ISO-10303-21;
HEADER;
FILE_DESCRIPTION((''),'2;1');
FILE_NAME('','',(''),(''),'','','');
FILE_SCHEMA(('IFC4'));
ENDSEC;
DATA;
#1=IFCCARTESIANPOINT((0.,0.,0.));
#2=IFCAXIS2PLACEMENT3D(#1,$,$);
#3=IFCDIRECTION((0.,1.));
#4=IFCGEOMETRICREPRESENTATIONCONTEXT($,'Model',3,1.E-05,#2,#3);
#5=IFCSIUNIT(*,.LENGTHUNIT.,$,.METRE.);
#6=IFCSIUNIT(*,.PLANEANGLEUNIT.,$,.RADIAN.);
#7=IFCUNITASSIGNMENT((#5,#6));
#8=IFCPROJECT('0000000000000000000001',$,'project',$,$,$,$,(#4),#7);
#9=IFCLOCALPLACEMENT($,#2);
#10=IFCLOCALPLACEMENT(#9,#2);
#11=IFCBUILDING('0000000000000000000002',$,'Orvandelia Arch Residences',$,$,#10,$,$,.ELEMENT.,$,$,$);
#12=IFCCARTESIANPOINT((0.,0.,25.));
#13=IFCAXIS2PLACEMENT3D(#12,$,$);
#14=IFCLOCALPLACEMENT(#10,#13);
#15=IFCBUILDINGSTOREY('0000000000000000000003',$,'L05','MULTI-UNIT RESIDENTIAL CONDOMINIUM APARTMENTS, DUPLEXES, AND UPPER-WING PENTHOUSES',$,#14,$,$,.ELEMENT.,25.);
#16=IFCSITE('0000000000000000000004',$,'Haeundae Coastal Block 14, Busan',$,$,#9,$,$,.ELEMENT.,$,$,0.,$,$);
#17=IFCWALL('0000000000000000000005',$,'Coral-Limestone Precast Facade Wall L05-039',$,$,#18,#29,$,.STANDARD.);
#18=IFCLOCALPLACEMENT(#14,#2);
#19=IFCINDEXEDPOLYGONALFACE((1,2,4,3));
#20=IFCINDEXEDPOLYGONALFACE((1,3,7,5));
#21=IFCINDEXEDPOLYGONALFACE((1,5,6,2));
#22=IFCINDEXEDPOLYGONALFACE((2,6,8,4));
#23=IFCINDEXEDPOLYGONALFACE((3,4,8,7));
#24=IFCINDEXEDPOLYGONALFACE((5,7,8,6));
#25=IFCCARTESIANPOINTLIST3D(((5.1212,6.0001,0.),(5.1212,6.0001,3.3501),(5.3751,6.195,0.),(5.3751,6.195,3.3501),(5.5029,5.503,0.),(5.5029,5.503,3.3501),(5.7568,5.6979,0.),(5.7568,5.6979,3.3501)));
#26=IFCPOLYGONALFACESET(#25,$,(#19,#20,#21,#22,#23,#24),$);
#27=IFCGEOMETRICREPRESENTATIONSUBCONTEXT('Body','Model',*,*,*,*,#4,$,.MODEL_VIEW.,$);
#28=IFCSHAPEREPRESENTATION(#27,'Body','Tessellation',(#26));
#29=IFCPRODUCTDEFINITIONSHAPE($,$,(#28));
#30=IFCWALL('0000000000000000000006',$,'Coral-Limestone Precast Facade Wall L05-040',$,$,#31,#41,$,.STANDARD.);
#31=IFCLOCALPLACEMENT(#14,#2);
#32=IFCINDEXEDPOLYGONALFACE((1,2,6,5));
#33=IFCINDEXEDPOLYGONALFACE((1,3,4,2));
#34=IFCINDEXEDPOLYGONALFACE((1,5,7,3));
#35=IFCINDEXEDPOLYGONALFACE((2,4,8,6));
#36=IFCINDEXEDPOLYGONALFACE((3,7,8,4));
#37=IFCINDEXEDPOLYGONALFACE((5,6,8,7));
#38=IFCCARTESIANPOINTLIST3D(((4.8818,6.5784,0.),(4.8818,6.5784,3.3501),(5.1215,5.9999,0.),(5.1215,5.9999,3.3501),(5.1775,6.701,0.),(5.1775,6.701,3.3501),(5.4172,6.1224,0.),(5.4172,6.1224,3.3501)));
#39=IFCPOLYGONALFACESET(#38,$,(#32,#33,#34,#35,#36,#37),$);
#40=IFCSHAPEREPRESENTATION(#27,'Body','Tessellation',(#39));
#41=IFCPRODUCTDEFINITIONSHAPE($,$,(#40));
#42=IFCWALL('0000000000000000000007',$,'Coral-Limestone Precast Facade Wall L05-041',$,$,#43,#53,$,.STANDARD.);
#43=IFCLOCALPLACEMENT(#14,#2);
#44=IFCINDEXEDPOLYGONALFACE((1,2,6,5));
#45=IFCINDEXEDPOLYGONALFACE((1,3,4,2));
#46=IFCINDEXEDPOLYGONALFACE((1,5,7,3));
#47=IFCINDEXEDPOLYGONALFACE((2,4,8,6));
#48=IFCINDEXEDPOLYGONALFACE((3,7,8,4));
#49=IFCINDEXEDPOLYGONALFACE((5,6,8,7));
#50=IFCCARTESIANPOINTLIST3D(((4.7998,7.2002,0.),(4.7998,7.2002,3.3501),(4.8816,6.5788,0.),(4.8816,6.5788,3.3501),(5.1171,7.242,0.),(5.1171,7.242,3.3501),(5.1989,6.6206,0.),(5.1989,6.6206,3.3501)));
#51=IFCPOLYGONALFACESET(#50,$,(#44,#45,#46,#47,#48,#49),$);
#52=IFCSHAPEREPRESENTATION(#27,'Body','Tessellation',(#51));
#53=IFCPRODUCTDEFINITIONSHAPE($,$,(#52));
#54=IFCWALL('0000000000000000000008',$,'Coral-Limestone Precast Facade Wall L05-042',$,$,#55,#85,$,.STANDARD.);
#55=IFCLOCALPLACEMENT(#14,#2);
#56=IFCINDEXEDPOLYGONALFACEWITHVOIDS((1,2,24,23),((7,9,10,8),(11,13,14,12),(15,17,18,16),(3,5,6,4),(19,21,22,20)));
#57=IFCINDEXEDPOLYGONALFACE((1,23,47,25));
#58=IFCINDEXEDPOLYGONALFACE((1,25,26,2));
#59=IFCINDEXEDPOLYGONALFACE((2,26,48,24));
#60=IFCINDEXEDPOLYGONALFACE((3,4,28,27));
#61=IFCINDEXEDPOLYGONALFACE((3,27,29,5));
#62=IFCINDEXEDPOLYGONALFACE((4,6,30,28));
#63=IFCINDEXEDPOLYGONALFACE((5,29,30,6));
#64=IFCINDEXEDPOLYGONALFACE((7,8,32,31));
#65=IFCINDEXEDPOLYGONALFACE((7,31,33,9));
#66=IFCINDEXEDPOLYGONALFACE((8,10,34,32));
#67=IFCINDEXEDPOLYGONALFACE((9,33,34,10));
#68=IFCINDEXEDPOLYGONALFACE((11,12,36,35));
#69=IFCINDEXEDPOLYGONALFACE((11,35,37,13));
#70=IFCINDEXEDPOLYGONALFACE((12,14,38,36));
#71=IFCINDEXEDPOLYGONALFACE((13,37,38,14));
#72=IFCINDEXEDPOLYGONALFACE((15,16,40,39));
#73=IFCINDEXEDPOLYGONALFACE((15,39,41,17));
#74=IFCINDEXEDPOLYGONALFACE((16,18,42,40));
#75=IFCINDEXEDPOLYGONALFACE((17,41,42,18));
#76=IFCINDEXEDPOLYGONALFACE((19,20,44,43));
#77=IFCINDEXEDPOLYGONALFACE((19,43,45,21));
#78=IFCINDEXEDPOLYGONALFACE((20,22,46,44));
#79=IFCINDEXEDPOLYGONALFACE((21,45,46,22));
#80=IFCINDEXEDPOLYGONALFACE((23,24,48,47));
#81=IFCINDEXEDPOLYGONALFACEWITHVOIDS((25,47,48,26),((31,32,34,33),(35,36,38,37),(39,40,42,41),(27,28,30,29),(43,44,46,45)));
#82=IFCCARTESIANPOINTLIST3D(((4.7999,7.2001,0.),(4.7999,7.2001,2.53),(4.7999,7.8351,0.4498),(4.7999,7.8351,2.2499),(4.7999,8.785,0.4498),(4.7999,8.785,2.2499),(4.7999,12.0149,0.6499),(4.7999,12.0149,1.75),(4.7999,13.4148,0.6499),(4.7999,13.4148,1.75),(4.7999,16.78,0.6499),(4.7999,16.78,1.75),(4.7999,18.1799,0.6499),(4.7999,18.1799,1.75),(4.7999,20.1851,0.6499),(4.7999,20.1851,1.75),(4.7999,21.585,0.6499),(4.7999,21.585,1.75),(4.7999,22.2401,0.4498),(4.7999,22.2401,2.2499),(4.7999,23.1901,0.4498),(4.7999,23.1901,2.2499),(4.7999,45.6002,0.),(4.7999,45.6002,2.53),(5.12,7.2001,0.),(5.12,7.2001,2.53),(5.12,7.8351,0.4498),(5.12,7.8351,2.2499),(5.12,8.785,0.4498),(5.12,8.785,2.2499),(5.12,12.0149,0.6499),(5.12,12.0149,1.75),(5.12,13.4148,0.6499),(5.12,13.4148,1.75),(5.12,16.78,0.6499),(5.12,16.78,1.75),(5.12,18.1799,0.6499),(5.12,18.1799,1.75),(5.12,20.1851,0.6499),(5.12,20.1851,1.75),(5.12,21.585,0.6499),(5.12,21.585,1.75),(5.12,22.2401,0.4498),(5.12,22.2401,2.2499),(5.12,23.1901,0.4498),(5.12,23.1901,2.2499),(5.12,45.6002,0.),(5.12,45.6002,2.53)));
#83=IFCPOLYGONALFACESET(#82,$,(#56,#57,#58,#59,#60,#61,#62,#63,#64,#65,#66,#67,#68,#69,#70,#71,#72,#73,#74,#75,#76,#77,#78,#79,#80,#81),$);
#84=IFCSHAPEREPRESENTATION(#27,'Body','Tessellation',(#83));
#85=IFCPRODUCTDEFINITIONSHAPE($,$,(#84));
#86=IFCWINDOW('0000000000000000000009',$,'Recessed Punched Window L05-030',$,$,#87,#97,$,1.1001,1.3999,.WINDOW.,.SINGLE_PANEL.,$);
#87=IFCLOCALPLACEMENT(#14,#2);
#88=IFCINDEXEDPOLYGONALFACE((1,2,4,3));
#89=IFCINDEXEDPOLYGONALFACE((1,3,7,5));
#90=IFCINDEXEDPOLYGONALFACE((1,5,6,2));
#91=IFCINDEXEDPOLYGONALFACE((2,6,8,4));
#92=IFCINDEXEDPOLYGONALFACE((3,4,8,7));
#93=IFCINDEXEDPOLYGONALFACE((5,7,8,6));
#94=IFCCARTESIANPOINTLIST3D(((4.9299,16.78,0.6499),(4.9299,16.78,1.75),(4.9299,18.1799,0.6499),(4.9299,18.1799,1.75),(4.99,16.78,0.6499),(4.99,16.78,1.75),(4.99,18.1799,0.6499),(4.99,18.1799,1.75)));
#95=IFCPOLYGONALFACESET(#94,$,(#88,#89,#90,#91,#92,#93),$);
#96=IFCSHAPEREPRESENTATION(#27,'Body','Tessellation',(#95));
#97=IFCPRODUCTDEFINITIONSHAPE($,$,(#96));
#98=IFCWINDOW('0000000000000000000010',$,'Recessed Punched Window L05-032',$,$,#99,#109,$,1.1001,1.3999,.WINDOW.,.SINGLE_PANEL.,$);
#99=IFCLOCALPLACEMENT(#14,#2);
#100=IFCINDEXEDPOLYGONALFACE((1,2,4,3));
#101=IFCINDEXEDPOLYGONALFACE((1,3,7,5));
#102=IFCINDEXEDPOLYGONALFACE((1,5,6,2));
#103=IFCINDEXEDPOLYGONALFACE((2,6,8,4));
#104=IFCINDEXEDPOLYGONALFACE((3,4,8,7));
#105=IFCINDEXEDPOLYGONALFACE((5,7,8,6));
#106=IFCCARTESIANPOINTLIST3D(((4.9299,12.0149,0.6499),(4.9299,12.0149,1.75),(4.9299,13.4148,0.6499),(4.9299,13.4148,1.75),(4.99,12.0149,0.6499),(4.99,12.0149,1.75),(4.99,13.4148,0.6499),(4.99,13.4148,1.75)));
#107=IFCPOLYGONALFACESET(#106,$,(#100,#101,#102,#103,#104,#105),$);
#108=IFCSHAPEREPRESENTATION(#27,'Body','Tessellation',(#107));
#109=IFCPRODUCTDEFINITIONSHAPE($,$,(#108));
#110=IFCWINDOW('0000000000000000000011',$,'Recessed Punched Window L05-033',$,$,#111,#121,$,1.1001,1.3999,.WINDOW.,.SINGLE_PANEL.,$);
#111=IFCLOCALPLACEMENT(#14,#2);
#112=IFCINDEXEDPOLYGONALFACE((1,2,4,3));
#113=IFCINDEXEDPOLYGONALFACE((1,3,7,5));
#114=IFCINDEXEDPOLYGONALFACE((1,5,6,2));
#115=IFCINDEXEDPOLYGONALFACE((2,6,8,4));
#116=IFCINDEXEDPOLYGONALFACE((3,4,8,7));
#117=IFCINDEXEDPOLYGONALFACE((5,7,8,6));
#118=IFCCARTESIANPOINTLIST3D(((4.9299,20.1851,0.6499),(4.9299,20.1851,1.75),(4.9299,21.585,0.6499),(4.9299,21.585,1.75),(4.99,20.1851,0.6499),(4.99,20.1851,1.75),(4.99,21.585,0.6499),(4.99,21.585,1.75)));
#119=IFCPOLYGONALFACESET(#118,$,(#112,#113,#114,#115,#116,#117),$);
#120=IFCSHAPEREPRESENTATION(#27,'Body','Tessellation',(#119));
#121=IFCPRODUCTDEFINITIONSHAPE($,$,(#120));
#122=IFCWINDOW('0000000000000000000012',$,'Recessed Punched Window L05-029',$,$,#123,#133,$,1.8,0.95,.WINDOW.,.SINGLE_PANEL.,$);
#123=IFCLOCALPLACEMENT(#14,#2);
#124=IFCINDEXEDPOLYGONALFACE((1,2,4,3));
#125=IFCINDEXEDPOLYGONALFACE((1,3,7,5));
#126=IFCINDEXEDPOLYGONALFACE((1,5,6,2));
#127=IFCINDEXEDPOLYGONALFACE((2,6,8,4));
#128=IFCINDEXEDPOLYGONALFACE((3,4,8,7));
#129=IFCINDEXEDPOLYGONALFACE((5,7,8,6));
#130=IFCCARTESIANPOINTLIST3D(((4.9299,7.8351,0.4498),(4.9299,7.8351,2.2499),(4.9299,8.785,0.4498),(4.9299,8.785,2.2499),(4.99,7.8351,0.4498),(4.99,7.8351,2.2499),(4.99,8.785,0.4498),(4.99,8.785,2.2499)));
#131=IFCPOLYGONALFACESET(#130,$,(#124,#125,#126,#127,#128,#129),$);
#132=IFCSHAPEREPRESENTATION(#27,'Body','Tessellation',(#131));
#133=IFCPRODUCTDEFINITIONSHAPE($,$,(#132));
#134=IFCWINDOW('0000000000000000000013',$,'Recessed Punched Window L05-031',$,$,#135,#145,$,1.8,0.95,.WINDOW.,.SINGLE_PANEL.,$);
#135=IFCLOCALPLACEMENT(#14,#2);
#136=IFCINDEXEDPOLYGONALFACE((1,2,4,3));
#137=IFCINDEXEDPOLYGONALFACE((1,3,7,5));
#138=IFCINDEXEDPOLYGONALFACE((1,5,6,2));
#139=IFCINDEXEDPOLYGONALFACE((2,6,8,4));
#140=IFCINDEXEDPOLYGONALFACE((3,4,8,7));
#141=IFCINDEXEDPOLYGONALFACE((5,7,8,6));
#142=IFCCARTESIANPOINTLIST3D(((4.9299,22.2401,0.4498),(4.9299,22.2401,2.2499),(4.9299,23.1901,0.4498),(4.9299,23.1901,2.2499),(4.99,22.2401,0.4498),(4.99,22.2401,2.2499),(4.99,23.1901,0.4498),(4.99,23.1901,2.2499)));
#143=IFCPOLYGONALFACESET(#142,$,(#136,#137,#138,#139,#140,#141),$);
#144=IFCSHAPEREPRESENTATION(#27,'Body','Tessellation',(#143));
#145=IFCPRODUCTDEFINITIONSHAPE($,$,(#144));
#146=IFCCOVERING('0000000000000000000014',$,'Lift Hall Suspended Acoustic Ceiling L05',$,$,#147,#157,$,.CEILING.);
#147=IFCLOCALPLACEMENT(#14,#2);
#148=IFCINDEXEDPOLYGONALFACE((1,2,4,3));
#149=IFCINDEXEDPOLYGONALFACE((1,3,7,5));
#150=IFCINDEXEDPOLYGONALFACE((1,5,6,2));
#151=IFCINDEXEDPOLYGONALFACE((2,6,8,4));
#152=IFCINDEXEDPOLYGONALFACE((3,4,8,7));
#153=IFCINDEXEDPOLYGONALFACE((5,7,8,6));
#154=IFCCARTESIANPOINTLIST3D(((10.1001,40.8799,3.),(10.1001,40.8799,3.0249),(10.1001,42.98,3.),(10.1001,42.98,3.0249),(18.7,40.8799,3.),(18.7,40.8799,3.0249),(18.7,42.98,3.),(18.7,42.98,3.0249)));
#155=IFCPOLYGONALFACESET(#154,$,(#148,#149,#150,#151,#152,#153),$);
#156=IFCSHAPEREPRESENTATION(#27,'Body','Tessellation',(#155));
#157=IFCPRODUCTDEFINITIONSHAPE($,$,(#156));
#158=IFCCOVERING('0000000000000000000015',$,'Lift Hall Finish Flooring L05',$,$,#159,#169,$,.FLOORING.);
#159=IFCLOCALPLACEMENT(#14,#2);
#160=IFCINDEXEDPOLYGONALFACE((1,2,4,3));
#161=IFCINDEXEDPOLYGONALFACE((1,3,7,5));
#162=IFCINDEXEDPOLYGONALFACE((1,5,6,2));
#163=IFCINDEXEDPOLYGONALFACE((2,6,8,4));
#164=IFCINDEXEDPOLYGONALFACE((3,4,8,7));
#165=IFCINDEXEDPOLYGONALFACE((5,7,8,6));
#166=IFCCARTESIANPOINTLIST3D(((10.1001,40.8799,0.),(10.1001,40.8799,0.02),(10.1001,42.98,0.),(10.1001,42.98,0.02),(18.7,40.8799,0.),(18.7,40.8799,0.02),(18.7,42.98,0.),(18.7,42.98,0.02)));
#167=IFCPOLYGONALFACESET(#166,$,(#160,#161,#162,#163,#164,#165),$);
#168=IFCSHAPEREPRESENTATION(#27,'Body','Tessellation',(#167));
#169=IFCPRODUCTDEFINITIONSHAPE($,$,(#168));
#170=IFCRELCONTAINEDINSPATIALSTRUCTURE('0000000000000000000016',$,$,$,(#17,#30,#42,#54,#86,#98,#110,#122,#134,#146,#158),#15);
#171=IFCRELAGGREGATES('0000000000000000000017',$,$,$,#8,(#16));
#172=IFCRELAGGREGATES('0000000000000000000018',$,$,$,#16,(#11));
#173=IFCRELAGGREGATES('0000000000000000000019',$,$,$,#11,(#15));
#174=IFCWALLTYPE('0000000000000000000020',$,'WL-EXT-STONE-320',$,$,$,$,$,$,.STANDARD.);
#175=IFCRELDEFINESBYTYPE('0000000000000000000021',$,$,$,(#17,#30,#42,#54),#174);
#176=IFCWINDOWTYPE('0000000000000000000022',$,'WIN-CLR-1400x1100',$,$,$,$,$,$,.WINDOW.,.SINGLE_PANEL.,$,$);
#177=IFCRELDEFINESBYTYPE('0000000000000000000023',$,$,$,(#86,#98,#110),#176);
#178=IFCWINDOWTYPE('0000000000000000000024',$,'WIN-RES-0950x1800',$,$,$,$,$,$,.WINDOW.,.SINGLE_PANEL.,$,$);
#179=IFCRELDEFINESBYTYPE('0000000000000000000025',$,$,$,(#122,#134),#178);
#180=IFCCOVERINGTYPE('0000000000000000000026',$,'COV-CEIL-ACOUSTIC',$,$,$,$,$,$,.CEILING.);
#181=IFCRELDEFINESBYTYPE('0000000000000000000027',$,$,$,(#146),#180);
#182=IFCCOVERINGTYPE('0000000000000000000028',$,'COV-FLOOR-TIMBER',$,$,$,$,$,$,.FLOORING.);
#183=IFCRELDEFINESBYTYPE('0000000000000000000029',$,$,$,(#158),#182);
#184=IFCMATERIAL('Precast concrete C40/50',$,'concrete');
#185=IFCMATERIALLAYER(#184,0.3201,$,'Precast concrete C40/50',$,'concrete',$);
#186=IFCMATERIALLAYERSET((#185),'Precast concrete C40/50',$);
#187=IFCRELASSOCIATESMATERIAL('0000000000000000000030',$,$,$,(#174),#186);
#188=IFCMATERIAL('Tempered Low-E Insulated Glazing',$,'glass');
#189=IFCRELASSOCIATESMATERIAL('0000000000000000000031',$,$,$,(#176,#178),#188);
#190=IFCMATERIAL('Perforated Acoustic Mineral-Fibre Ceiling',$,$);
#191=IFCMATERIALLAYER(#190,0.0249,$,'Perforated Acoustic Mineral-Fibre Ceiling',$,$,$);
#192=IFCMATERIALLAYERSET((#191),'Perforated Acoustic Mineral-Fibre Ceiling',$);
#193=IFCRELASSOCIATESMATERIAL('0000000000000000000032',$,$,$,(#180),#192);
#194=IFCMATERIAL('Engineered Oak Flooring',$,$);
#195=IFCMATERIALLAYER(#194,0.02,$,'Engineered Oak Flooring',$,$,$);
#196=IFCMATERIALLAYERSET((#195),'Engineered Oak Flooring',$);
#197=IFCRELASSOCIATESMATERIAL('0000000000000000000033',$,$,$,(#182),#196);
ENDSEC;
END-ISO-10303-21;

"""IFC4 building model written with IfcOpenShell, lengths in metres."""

from ifc_helpers import new_model, si_unit, direction, frame, frame_2d, origin, place, context, subcontext, project, spatial, polyline, rectangle, outline, extrude, material, layer, layer_set, type_object, element, fill, save


model = new_model("IFC4")

# Units and contexts
model_context = context("Model", 3, precision=1e-05, world=origin(), true_north=direction((0.0, 1.0)))
body_context = subcontext(model_context, "Body", "Model", "MODEL_VIEW")
ifc_project = project(units=[si_unit("LENGTHUNIT", "METRE"), si_unit("PLANEANGLEUNIT", "RADIAN")], contexts=[model_context])

# Site, building, storey
site_placement = place(None, origin())
site = spatial("IfcSite", under=ifc_project, at=site_placement, Name="Haeundae Coastal Block 14, Busan", CompositionType="ELEMENT", RefElevation=0.0)
building_placement = place(site_placement, origin())
building = spatial("IfcBuilding", under=site, at=building_placement, Name="Orvandelia Arch Residences", CompositionType="ELEMENT")
storey_placement = place(building_placement, frame((0.0, 0.0, 25.0)))
storey = spatial("IfcBuildingStorey", under=building, at=storey_placement, Name="L05", Description="MULTI-UNIT RESIDENTIAL CONDOMINIUM APARTMENTS, DUPLEXES, AND UPPER-WING PENTHOUSES", CompositionType="ELEMENT", Elevation=25.0)

# Walls
ifc_material_1 = material(Name="Precast concrete C40/50", Category="concrete")
ifc_layer_1 = layer(ifc_material_1, 0.3201, Name="Precast concrete C40/50", Category="concrete")
ifc_layer_set_1 = layer_set([ifc_layer_1], Name="Precast concrete C40/50")
wall_type_1 = type_object("IfcWallType", Name="WL-EXT-STONE-320", PredefinedType="STANDARD", material=ifc_layer_set_1)
for number, where, z_axis, x_axis, name in (
    (1, (5.6299, 5.6003, 0.0), (0.0, 0.0, 1.0), (-0.608939, 0.793217, 0.0), "Coral-Limestone Precast Facade Wall L05-039"),
):
    element("IfcWall", number, at=place(storey_placement, frame(where, z_axis=z_axis, x_axis=x_axis)), inside=storey, type_object=wall_type_1, Name=name, PredefinedType="STANDARD", context=body_context, shape_type="SweptSolid", body=[
        extrude(rectangle(XDim=0.6267, YDim=0.3201, at=frame_2d((0.3135, 0.0))), origin(), (0.0, 0.0, 1.0), 3.3501),
    ])
wall_1_placement = place(storey_placement, frame((5.2693, 6.0613, 0.0), z_axis=(0.0, 0.0, 1.0), x_axis=(-0.382788, 0.923836, 0.0)))
element("IfcWall", 2, at=wall_1_placement, inside=storey, type_object=wall_type_1, Name="Coral-Limestone Precast Facade Wall L05-040", PredefinedType="STANDARD", context=body_context, shape_type="SweptSolid", body=[
    extrude(rectangle(XDim=0.6262, YDim=0.3201, at=frame_2d((0.313, 0.0))), origin(), (0.0, 0.0, 1.0), 3.3501),
])
wall_2_placement = place(storey_placement, frame((5.0403, 6.5996, 0.0), z_axis=(0.0, 0.0, 1.0), x_axis=(-0.130505, 0.991448, 0.0)))
element("IfcWall", 3, at=wall_2_placement, inside=storey, type_object=wall_type_1, Name="Coral-Limestone Precast Facade Wall L05-041", PredefinedType="STANDARD", context=body_context, shape_type="SweptSolid", body=[
    extrude(rectangle(XDim=0.6267, YDim=0.3201, at=frame_2d((0.3135, 0.0))), origin(), (0.0, 0.0, 1.0), 3.3501),
])

# Wall, openings, windows
wall_3_placement = place(storey_placement, frame((4.96, 7.2, 0.0), z_axis=(0.0, 0.0, 1.0), x_axis=(0.0, 1.0, 0.0)))
wall_3 = element("IfcWall", 4, at=wall_3_placement, inside=storey, type_object=wall_type_1, Name="Coral-Limestone Precast Facade Wall L05-042", PredefinedType="STANDARD", context=body_context, shape_type="SweptSolid", body=[
    extrude(rectangle(XDim=38.4001, YDim=0.3201, at=frame_2d((19.2002, 0.0))), origin(), (0.0, 0.0, 1.0), 2.53),
])
opening_1_placement = place(wall_3_placement, frame((0.635, 0.0, 0.45)))
opening_1 = element("IfcOpeningElement", 5, at=opening_1_placement, cuts=wall_3, PredefinedType="OPENING", context=body_context, shape_type="SweptSolid", body=[
    extrude(rectangle(XDim=0.95, YDim=1.8, at=frame_2d((0.4751, 0.8999))), frame((0.0, 0.1699, 0.0), z_axis=(0.0, -1.0, 0.0), x_axis=(1.0, 0.0, 0.0)), (0.0, 0.0, 1.0), 0.3401),
])
opening_2_placement = place(wall_3_placement, frame((9.5801, 0.0, 0.6499)))
opening_2 = element("IfcOpeningElement", 6, at=opening_2_placement, cuts=wall_3, PredefinedType="OPENING", context=body_context, shape_type="SweptSolid", body=[
    extrude(rectangle(XDim=1.3999, YDim=1.1001, at=frame_2d((0.7, 0.55))), frame((0.0, 0.1699, 0.0), z_axis=(0.0, -1.0, 0.0), x_axis=(1.0, 0.0, 0.0)), (0.0, 0.0, 1.0), 0.3401),
])
opening_3_placement = place(wall_3_placement, frame((15.04, 0.0, 0.45)))
opening_3 = element("IfcOpeningElement", 7, at=opening_3_placement, cuts=wall_3, PredefinedType="OPENING", context=body_context, shape_type="SweptSolid", body=[
    extrude(rectangle(XDim=0.95, YDim=1.8, at=frame_2d((0.4751, 0.8999))), frame((0.0, 0.1699, 0.0), z_axis=(0.0, -1.0, 0.0), x_axis=(1.0, 0.0, 0.0)), (0.0, 0.0, 1.0), 0.3401),
])
opening_4_placement = place(wall_3_placement, frame((4.8149, 0.0, 0.6499)))
opening_4 = element("IfcOpeningElement", 8, at=opening_4_placement, cuts=wall_3, PredefinedType="OPENING", context=body_context, shape_type="SweptSolid", body=[
    extrude(rectangle(XDim=1.3999, YDim=1.1001, at=frame_2d((0.7, 0.55))), frame((0.0, 0.1699, 0.0), z_axis=(0.0, -1.0, 0.0), x_axis=(1.0, 0.0, 0.0)), (0.0, 0.0, 1.0), 0.3401),
])
opening_5_placement = place(wall_3_placement, frame((12.9851, 0.0, 0.6499)))
opening_5 = element("IfcOpeningElement", 9, at=opening_5_placement, cuts=wall_3, PredefinedType="OPENING", context=body_context, shape_type="SweptSolid", body=[
    extrude(rectangle(XDim=1.3999, YDim=1.1001, at=frame_2d((0.7, 0.55))), frame((0.0, 0.1699, 0.0), z_axis=(0.0, -1.0, 0.0), x_axis=(1.0, 0.0, 0.0)), (0.0, 0.0, 1.0), 0.3401),
])
ifc_material_2 = material(Name="Tempered Low-E Insulated Glazing", Category="glass")
window_type_1 = type_object("IfcWindowType", Name="WIN-CLR-1400x1100", PartitioningType="SINGLE_PANEL", PredefinedType="WINDOW", material=ifc_material_2)
window_1_placement = place(opening_2_placement, origin())
window_1 = element("IfcWindow", 10, at=window_1_placement, inside=storey, type_object=window_type_1, Name="Recessed Punched Window L05-030", OverallHeight=1.1001, OverallWidth=1.3999, PartitioningType="SINGLE_PANEL", PredefinedType="WINDOW", context=body_context, shape_type="SweptSolid", body=[
    extrude(rectangle(XDim=1.3999, YDim=1.1001, at=frame_2d((0.7, 0.55))), frame((0.0, 0.03, 0.0), z_axis=(0.0, -1.0, 0.0), x_axis=(1.0, 0.0, 0.0)), (0.0, 0.0, 1.0), 0.0601),
])
fill(opening_2, window_1)
window_2_placement = place(opening_4_placement, origin())
window_2 = element("IfcWindow", 11, at=window_2_placement, inside=storey, type_object=window_type_1, Name="Recessed Punched Window L05-032", OverallHeight=1.1001, OverallWidth=1.3999, PartitioningType="SINGLE_PANEL", PredefinedType="WINDOW", context=body_context, shape_type="SweptSolid", body=[
    extrude(rectangle(XDim=1.3999, YDim=1.1001, at=frame_2d((0.7, 0.55))), frame((0.0, 0.03, 0.0), z_axis=(0.0, -1.0, 0.0), x_axis=(1.0, 0.0, 0.0)), (0.0, 0.0, 1.0), 0.0601),
])
fill(opening_4, window_2)
window_3_placement = place(opening_5_placement, origin())
window_3 = element("IfcWindow", 12, at=window_3_placement, inside=storey, type_object=window_type_1, Name="Recessed Punched Window L05-033", OverallHeight=1.1001, OverallWidth=1.3999, PartitioningType="SINGLE_PANEL", PredefinedType="WINDOW", context=body_context, shape_type="SweptSolid", body=[
    extrude(rectangle(XDim=1.3999, YDim=1.1001, at=frame_2d((0.7, 0.55))), frame((0.0, 0.03, 0.0), z_axis=(0.0, -1.0, 0.0), x_axis=(1.0, 0.0, 0.0)), (0.0, 0.0, 1.0), 0.0601),
])
fill(opening_5, window_3)
window_type_2 = type_object("IfcWindowType", Name="WIN-RES-0950x1800", PartitioningType="SINGLE_PANEL", PredefinedType="WINDOW", material=ifc_material_2)
window_4_placement = place(opening_1_placement, origin())
window_4 = element("IfcWindow", 13, at=window_4_placement, inside=storey, type_object=window_type_2, Name="Recessed Punched Window L05-029", OverallHeight=1.8, OverallWidth=0.95, PartitioningType="SINGLE_PANEL", PredefinedType="WINDOW", context=body_context, shape_type="SweptSolid", body=[
    extrude(rectangle(XDim=0.95, YDim=1.8, at=frame_2d((0.4751, 0.8999))), frame((0.0, 0.03, 0.0), z_axis=(0.0, -1.0, 0.0), x_axis=(1.0, 0.0, 0.0)), (0.0, 0.0, 1.0), 0.0601),
])
fill(opening_1, window_4)
window_5_placement = place(opening_3_placement, origin())
window_5 = element("IfcWindow", 14, at=window_5_placement, inside=storey, type_object=window_type_2, Name="Recessed Punched Window L05-031", OverallHeight=1.8, OverallWidth=0.95, PartitioningType="SINGLE_PANEL", PredefinedType="WINDOW", context=body_context, shape_type="SweptSolid", body=[
    extrude(rectangle(XDim=0.95, YDim=1.8, at=frame_2d((0.4751, 0.8999))), frame((0.0, 0.03, 0.0), z_axis=(0.0, -1.0, 0.0), x_axis=(1.0, 0.0, 0.0)), (0.0, 0.0, 1.0), 0.0601),
])
fill(opening_3, window_5)

# Coverings
ifc_material_3 = material(Name="Perforated Acoustic Mineral-Fibre Ceiling")
ifc_layer_2 = layer(ifc_material_3, 0.0249, Name="Perforated Acoustic Mineral-Fibre Ceiling")
ifc_layer_set_2 = layer_set([ifc_layer_2], Name="Perforated Acoustic Mineral-Fibre Ceiling")
covering_type_1 = type_object("IfcCoveringType", Name="COV-CEIL-ACOUSTIC", PredefinedType="CEILING", material=ifc_layer_set_2)
covering_1_placement = place(storey_placement, frame((0.0, 0.0, 3.0)))
element("IfcCovering", 15, at=covering_1_placement, inside=storey, type_object=covering_type_1, Name="Lift Hall Suspended Acoustic Ceiling L05", PredefinedType="CEILING", context=body_context, shape_type="SweptSolid", body=[
    extrude(outline(polyline([(10.1001, 40.8799), (18.7, 40.8799), (18.7, 42.98), (10.1001, 42.98), (10.1001, 40.8799)])), origin(), (0.0, 0.0, 1.0), 0.0249),
])
ifc_material_4 = material(Name="Engineered Oak Flooring")
ifc_layer_3 = layer(ifc_material_4, 0.02, Name="Engineered Oak Flooring")
ifc_layer_set_3 = layer_set([ifc_layer_3], Name="Engineered Oak Flooring")
covering_type_2 = type_object("IfcCoveringType", Name="COV-FLOOR-TIMBER", PredefinedType="FLOORING", material=ifc_layer_set_3)
covering_2_placement = place(storey_placement, origin())
element("IfcCovering", 16, at=covering_2_placement, inside=storey, type_object=covering_type_2, Name="Lift Hall Finish Flooring L05", PredefinedType="FLOORING", context=body_context, shape_type="SweptSolid", body=[
    extrude(outline(polyline([(10.1001, 40.8799), (18.7, 40.8799), (18.7, 42.98), (10.1001, 42.98), (10.1001, 40.8799)])), origin(), (0.0, 0.0, 1.0), 0.02),
])

save(model, "model.ifc")
